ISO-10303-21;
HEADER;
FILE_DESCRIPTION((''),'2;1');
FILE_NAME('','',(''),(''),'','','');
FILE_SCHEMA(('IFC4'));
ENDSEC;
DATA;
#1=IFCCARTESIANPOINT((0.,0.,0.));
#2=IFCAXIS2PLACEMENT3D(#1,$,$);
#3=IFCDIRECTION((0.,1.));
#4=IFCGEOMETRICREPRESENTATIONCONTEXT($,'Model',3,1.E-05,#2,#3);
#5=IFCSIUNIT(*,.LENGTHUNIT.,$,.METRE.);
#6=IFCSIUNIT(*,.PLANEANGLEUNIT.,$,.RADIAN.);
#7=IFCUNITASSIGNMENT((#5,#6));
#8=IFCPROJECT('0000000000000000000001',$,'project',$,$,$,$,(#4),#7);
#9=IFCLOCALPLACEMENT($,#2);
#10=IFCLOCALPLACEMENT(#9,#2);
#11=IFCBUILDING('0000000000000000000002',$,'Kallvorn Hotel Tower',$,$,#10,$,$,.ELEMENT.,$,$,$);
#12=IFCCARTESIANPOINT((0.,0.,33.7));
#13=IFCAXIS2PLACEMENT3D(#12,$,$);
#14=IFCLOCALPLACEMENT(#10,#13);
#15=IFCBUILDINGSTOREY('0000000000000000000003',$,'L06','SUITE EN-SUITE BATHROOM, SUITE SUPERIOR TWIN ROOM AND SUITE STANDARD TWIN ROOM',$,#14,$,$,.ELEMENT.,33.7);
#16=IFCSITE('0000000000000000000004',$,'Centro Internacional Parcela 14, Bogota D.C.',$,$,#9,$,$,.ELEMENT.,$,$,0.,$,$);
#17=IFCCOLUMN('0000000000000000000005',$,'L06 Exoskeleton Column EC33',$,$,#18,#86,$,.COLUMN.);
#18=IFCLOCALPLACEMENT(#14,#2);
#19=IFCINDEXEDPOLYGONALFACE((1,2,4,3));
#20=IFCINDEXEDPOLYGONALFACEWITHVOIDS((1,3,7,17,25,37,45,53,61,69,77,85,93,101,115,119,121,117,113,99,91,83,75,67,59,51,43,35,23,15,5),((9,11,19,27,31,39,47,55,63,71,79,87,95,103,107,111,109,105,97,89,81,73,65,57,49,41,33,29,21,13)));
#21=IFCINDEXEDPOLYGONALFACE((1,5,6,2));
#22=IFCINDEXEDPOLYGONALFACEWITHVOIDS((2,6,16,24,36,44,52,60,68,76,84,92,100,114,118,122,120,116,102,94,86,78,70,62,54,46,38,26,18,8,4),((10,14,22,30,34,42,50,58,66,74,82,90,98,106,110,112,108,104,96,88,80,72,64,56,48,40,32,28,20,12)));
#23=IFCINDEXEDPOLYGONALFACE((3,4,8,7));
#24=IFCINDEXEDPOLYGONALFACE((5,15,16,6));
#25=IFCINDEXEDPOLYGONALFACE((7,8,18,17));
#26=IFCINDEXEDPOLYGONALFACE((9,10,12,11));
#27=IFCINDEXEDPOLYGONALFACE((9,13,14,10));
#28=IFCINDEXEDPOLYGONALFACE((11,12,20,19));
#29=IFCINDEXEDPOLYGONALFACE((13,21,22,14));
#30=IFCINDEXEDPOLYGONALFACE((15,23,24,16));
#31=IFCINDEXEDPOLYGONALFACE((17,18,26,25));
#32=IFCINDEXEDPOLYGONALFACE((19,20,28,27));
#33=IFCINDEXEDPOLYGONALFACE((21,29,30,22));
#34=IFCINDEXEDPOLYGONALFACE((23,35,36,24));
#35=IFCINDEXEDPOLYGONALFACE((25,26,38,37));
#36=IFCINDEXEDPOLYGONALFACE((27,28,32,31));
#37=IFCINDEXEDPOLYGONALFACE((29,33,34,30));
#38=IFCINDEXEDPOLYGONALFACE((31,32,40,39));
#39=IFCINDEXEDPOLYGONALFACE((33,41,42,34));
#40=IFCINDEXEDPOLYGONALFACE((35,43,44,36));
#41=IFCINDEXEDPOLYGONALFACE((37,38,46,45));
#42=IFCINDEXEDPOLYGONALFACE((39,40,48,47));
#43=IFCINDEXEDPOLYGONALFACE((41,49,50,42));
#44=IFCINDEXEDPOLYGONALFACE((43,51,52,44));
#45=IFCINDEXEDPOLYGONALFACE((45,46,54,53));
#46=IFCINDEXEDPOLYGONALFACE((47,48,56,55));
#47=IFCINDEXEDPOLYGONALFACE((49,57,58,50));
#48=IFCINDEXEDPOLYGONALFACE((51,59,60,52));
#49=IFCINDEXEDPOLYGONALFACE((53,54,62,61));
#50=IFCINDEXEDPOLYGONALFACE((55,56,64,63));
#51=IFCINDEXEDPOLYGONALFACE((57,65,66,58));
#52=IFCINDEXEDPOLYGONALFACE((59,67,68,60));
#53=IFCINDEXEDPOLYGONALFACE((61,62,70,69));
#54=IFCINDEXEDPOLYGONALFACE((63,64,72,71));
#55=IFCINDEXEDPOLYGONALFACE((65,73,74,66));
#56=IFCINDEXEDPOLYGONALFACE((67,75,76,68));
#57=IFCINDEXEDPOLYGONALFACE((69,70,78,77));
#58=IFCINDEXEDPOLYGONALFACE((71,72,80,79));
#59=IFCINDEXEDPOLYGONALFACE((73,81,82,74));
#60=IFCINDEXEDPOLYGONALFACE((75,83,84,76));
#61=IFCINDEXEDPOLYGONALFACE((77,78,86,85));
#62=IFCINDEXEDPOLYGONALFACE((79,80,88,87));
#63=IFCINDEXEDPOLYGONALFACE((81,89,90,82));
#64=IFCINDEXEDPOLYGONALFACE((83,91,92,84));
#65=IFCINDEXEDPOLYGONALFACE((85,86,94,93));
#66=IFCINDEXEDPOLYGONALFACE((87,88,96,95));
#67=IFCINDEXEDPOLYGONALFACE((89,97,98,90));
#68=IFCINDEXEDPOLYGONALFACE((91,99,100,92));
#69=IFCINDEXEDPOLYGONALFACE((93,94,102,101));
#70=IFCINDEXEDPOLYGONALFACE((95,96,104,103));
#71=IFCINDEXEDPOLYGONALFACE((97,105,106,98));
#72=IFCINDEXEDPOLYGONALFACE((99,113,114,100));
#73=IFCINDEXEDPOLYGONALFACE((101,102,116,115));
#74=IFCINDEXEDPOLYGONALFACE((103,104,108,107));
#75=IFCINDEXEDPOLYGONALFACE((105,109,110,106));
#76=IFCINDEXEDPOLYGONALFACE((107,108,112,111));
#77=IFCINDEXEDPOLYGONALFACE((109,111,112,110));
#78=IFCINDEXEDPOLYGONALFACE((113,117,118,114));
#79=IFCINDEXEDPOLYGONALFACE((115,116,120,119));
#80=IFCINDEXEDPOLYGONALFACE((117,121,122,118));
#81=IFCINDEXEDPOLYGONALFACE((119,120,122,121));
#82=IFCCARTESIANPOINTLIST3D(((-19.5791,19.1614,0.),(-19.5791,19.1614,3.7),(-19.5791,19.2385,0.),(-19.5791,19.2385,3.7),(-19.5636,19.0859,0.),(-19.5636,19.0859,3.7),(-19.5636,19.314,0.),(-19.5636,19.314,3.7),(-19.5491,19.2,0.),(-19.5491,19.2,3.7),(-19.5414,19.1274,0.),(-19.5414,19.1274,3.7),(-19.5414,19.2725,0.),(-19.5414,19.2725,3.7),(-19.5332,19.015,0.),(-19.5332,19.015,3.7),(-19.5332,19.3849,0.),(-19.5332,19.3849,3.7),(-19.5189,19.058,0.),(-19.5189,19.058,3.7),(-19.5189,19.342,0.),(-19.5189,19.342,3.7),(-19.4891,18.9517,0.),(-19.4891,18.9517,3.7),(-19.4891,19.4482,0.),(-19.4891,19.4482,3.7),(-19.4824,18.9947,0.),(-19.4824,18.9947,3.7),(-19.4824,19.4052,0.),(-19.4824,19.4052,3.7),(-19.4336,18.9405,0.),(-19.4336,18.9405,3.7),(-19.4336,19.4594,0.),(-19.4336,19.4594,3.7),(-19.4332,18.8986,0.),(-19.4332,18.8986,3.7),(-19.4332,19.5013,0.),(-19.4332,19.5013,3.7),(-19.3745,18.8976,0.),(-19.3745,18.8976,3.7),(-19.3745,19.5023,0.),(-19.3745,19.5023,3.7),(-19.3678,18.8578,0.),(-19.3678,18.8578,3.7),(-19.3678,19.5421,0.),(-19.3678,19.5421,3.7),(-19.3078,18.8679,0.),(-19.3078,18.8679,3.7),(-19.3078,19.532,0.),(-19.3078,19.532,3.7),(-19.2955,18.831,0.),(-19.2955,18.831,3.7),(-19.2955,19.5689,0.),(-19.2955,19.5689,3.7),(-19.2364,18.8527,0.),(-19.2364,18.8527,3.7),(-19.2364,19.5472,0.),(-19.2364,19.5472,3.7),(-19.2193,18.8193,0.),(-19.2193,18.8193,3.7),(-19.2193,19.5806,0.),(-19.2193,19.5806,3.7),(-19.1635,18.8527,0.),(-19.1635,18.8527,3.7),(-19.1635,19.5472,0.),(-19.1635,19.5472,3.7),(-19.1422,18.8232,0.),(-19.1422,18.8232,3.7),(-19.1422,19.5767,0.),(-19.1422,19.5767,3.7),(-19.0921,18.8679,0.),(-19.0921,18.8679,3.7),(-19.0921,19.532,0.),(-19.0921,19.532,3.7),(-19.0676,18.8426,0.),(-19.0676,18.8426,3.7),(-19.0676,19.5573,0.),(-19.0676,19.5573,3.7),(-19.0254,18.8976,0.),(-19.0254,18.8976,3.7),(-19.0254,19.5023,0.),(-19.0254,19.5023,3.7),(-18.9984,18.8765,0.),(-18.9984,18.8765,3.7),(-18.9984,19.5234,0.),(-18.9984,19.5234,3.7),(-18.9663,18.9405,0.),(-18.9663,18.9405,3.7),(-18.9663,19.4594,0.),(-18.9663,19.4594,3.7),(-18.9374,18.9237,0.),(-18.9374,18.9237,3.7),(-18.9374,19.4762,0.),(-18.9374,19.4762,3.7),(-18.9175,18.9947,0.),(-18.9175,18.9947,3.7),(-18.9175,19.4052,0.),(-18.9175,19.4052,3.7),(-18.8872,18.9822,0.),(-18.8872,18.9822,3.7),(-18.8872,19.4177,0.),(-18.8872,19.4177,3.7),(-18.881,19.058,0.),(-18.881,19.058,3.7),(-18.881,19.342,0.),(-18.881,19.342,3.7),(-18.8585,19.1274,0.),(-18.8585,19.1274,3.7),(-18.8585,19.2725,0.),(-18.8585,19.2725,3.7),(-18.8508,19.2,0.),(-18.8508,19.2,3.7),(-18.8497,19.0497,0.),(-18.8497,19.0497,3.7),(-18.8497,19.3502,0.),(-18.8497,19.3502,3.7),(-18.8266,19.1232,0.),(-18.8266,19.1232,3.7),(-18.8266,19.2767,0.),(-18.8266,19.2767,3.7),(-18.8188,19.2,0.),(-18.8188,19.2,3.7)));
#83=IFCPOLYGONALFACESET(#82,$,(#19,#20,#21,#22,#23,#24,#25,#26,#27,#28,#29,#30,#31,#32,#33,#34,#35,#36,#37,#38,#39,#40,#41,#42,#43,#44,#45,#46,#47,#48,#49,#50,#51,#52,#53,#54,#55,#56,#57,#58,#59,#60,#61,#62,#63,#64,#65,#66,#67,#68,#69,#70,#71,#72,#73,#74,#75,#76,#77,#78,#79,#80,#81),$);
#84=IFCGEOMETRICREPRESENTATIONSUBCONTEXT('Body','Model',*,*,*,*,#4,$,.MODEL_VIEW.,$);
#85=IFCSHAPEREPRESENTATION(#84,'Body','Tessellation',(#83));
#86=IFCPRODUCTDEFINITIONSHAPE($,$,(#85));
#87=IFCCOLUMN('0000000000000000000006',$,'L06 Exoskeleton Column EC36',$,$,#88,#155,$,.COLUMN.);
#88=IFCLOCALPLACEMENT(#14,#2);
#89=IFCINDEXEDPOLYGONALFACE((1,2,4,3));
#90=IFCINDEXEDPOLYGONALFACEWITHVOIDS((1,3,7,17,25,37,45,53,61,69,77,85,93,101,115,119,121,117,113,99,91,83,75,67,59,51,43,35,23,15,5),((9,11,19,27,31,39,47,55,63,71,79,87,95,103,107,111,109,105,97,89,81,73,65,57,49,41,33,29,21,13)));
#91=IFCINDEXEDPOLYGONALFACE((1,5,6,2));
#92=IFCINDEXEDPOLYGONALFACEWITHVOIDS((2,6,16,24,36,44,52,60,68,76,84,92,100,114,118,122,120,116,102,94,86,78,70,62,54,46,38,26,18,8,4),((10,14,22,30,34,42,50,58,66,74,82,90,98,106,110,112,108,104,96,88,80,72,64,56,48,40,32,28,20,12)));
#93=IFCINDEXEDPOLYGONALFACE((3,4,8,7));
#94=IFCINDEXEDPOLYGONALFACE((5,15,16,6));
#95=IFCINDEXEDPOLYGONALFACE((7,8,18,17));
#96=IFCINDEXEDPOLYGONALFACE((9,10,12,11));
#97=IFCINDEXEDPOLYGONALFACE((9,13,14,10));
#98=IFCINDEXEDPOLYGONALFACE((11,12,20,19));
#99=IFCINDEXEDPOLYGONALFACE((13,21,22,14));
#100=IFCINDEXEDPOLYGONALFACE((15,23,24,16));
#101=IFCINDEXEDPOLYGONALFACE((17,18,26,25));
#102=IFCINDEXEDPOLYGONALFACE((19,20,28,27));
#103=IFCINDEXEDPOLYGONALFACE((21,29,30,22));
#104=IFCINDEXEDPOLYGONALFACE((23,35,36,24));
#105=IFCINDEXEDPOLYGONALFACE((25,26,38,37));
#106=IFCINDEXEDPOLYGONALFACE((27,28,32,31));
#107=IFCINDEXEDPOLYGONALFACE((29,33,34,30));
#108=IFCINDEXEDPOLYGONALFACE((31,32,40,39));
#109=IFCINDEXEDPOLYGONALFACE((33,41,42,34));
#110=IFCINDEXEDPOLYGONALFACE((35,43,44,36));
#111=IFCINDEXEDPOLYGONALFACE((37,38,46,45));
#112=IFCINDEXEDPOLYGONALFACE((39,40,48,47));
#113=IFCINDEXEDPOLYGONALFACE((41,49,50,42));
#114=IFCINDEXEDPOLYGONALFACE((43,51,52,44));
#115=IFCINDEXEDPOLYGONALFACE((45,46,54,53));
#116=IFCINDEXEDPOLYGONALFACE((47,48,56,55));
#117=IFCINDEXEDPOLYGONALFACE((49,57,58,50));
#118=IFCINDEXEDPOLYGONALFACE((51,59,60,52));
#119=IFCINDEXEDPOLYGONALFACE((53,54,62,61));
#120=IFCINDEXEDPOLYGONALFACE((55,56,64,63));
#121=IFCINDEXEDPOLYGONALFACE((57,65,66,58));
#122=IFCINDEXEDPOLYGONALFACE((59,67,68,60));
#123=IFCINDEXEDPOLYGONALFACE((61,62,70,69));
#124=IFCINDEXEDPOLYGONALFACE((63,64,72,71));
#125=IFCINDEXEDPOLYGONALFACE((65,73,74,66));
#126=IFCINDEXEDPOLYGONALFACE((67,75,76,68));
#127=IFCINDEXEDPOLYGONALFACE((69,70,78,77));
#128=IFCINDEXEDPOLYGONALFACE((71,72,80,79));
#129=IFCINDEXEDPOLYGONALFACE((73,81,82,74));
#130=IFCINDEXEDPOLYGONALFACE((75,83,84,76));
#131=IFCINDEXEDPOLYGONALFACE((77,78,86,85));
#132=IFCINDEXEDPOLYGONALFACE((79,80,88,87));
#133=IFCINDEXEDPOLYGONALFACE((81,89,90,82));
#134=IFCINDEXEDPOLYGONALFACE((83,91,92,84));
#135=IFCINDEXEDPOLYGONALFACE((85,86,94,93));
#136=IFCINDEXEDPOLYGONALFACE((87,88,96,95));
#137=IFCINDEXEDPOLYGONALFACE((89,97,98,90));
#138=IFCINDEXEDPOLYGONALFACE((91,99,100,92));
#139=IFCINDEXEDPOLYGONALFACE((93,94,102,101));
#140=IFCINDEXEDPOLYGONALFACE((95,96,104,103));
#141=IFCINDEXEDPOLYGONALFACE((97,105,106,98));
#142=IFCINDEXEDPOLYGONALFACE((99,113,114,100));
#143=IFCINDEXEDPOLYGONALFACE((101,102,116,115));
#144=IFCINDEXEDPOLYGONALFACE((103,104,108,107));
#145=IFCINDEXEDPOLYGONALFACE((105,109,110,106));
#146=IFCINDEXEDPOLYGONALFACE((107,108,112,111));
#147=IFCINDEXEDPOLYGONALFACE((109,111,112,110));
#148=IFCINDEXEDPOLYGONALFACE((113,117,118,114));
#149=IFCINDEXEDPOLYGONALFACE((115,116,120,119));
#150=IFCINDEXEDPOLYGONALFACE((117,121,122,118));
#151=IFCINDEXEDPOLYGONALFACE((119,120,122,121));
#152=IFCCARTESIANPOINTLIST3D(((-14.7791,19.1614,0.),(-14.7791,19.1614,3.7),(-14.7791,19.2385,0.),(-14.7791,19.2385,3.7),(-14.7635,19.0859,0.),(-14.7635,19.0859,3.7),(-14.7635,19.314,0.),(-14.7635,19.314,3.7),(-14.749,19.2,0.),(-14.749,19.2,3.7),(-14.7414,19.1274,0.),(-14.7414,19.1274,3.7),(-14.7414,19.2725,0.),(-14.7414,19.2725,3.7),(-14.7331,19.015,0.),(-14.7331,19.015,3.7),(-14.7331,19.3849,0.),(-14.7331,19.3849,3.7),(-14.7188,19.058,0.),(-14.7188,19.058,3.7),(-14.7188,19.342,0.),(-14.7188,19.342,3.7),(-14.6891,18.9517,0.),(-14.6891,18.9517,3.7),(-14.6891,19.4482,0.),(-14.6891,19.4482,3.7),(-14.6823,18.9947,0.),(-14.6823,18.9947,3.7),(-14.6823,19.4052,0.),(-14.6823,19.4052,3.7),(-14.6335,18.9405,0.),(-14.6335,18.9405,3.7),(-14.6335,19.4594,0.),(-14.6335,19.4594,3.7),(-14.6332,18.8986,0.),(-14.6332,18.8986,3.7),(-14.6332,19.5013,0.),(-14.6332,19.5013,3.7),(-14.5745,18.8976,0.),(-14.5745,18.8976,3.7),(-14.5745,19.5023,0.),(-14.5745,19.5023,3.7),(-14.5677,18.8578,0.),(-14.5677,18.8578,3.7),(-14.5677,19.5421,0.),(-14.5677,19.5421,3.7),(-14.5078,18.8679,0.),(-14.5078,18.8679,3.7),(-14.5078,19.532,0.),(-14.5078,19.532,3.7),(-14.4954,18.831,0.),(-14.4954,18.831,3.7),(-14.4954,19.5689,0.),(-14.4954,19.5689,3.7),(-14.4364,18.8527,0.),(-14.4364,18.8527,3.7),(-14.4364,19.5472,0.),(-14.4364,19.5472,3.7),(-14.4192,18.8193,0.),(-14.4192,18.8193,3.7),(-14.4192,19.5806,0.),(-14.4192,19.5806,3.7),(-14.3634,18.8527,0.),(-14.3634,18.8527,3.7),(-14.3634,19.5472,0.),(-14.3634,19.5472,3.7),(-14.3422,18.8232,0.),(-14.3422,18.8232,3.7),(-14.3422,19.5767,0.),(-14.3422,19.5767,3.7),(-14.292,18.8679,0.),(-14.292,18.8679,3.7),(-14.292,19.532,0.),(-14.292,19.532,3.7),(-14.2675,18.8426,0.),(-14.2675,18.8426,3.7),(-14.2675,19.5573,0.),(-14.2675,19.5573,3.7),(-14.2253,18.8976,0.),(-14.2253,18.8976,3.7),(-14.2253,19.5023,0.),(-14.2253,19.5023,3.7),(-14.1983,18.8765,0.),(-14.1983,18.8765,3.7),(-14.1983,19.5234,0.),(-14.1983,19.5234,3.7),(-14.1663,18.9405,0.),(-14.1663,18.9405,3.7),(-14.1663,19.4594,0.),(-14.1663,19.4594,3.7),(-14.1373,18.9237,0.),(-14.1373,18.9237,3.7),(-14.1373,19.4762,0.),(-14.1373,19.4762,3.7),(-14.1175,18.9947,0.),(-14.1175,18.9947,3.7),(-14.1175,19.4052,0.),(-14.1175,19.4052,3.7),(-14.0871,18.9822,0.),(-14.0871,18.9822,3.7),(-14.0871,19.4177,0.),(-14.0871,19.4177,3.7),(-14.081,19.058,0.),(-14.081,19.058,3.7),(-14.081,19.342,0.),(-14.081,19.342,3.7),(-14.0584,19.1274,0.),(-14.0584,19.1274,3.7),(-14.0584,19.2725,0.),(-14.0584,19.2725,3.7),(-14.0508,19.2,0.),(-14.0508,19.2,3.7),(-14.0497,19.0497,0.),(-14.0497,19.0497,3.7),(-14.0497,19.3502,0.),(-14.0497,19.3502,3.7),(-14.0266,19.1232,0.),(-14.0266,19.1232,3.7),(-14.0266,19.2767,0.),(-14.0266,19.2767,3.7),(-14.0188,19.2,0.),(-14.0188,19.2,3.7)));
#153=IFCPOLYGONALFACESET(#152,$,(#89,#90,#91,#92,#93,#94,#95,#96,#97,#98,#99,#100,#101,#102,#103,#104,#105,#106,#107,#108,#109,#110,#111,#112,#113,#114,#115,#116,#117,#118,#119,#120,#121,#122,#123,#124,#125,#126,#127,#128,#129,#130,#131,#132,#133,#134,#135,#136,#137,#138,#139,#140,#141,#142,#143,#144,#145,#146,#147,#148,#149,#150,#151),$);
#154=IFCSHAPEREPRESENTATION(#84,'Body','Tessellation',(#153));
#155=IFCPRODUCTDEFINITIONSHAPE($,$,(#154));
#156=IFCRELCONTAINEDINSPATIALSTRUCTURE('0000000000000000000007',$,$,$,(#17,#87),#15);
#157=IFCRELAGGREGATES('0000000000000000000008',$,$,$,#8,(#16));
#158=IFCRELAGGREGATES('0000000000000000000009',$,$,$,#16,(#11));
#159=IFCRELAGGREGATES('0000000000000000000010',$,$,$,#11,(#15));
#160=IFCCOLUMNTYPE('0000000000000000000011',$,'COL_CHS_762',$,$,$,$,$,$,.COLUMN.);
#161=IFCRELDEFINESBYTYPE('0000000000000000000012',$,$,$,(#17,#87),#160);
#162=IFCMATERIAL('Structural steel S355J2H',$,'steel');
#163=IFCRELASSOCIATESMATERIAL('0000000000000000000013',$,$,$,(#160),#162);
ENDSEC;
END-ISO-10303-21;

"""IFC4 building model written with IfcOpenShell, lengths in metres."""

from ifc_helpers import new_model, si_unit, direction, frame, origin, origin_2d, place, context, subcontext, project, spatial, hollow_circle, extrude, material, material_profile, profile_set, type_object, element, save


model = new_model("IFC4")

# Units and contexts
model_context = context("Model", 3, precision=1e-05, world=origin(), true_north=direction((0.0, 1.0)))
body_context = subcontext(model_context, "Body", "Model", "MODEL_VIEW")
ifc_project = project(units=[si_unit("LENGTHUNIT", "METRE"), si_unit("PLANEANGLEUNIT", "RADIAN")], contexts=[model_context])

# Site, building, storey
site_placement = place(None, origin())
site = spatial("IfcSite", under=ifc_project, at=site_placement, Name="Centro Internacional Parcela 14, Bogota D.C.", CompositionType="ELEMENT", RefElevation=0.0)
building_placement = place(site_placement, origin())
building = spatial("IfcBuilding", under=site, at=building_placement, Name="Kallvorn Hotel Tower", CompositionType="ELEMENT")
storey_placement = place(building_placement, frame((0.0, 0.0, 33.7)))
storey = spatial("IfcBuildingStorey", under=building, at=storey_placement, Name="L06", Description="SUITE EN-SUITE BATHROOM, SUITE SUPERIOR TWIN ROOM AND SUITE STANDARD TWIN ROOM", CompositionType="ELEMENT", Elevation=33.7)

# Columns
ifc_material_1 = material(Name="Structural steel S355J2H", Category="steel")
ifc_material_profile_1 = material_profile(ifc_material_1, hollow_circle(Radius=0.3811, WallThickness=0.032, at=origin_2d()), Name="CHS 762x32")
ifc_profile_set_1 = profile_set([ifc_material_profile_1], Name="Structural steel S355J2H")
column_type_1 = type_object("IfcColumnType", Name="COL_CHS_762", PredefinedType="COLUMN", material=ifc_profile_set_1)
for number, where, z_axis, x_axis, name in (
    (1, (-19.2, 19.2, 0.0), (0.0, 0.0, 1.0), (1.0, 0.0, 0.0), "L06 Exoskeleton Column EC33"),
    (2, (-14.3999, 19.2, 0.0), (0.0, 0.0, 1.0), (1.0, 0.0, 0.0), "L06 Exoskeleton Column EC36"),
):
    element("IfcColumn", number, at=place(storey_placement, frame(where, z_axis=z_axis, x_axis=x_axis)), inside=storey, type_object=column_type_1, Name=name, PredefinedType="COLUMN", context=body_context, shape_type="SweptSolid", body=[
        extrude(hollow_circle(Radius=0.3811, WallThickness=0.032, at=origin_2d()), origin(), (0.0, 0.0, 1.0), 3.7),
    ])

save(model, "model.ifc")
